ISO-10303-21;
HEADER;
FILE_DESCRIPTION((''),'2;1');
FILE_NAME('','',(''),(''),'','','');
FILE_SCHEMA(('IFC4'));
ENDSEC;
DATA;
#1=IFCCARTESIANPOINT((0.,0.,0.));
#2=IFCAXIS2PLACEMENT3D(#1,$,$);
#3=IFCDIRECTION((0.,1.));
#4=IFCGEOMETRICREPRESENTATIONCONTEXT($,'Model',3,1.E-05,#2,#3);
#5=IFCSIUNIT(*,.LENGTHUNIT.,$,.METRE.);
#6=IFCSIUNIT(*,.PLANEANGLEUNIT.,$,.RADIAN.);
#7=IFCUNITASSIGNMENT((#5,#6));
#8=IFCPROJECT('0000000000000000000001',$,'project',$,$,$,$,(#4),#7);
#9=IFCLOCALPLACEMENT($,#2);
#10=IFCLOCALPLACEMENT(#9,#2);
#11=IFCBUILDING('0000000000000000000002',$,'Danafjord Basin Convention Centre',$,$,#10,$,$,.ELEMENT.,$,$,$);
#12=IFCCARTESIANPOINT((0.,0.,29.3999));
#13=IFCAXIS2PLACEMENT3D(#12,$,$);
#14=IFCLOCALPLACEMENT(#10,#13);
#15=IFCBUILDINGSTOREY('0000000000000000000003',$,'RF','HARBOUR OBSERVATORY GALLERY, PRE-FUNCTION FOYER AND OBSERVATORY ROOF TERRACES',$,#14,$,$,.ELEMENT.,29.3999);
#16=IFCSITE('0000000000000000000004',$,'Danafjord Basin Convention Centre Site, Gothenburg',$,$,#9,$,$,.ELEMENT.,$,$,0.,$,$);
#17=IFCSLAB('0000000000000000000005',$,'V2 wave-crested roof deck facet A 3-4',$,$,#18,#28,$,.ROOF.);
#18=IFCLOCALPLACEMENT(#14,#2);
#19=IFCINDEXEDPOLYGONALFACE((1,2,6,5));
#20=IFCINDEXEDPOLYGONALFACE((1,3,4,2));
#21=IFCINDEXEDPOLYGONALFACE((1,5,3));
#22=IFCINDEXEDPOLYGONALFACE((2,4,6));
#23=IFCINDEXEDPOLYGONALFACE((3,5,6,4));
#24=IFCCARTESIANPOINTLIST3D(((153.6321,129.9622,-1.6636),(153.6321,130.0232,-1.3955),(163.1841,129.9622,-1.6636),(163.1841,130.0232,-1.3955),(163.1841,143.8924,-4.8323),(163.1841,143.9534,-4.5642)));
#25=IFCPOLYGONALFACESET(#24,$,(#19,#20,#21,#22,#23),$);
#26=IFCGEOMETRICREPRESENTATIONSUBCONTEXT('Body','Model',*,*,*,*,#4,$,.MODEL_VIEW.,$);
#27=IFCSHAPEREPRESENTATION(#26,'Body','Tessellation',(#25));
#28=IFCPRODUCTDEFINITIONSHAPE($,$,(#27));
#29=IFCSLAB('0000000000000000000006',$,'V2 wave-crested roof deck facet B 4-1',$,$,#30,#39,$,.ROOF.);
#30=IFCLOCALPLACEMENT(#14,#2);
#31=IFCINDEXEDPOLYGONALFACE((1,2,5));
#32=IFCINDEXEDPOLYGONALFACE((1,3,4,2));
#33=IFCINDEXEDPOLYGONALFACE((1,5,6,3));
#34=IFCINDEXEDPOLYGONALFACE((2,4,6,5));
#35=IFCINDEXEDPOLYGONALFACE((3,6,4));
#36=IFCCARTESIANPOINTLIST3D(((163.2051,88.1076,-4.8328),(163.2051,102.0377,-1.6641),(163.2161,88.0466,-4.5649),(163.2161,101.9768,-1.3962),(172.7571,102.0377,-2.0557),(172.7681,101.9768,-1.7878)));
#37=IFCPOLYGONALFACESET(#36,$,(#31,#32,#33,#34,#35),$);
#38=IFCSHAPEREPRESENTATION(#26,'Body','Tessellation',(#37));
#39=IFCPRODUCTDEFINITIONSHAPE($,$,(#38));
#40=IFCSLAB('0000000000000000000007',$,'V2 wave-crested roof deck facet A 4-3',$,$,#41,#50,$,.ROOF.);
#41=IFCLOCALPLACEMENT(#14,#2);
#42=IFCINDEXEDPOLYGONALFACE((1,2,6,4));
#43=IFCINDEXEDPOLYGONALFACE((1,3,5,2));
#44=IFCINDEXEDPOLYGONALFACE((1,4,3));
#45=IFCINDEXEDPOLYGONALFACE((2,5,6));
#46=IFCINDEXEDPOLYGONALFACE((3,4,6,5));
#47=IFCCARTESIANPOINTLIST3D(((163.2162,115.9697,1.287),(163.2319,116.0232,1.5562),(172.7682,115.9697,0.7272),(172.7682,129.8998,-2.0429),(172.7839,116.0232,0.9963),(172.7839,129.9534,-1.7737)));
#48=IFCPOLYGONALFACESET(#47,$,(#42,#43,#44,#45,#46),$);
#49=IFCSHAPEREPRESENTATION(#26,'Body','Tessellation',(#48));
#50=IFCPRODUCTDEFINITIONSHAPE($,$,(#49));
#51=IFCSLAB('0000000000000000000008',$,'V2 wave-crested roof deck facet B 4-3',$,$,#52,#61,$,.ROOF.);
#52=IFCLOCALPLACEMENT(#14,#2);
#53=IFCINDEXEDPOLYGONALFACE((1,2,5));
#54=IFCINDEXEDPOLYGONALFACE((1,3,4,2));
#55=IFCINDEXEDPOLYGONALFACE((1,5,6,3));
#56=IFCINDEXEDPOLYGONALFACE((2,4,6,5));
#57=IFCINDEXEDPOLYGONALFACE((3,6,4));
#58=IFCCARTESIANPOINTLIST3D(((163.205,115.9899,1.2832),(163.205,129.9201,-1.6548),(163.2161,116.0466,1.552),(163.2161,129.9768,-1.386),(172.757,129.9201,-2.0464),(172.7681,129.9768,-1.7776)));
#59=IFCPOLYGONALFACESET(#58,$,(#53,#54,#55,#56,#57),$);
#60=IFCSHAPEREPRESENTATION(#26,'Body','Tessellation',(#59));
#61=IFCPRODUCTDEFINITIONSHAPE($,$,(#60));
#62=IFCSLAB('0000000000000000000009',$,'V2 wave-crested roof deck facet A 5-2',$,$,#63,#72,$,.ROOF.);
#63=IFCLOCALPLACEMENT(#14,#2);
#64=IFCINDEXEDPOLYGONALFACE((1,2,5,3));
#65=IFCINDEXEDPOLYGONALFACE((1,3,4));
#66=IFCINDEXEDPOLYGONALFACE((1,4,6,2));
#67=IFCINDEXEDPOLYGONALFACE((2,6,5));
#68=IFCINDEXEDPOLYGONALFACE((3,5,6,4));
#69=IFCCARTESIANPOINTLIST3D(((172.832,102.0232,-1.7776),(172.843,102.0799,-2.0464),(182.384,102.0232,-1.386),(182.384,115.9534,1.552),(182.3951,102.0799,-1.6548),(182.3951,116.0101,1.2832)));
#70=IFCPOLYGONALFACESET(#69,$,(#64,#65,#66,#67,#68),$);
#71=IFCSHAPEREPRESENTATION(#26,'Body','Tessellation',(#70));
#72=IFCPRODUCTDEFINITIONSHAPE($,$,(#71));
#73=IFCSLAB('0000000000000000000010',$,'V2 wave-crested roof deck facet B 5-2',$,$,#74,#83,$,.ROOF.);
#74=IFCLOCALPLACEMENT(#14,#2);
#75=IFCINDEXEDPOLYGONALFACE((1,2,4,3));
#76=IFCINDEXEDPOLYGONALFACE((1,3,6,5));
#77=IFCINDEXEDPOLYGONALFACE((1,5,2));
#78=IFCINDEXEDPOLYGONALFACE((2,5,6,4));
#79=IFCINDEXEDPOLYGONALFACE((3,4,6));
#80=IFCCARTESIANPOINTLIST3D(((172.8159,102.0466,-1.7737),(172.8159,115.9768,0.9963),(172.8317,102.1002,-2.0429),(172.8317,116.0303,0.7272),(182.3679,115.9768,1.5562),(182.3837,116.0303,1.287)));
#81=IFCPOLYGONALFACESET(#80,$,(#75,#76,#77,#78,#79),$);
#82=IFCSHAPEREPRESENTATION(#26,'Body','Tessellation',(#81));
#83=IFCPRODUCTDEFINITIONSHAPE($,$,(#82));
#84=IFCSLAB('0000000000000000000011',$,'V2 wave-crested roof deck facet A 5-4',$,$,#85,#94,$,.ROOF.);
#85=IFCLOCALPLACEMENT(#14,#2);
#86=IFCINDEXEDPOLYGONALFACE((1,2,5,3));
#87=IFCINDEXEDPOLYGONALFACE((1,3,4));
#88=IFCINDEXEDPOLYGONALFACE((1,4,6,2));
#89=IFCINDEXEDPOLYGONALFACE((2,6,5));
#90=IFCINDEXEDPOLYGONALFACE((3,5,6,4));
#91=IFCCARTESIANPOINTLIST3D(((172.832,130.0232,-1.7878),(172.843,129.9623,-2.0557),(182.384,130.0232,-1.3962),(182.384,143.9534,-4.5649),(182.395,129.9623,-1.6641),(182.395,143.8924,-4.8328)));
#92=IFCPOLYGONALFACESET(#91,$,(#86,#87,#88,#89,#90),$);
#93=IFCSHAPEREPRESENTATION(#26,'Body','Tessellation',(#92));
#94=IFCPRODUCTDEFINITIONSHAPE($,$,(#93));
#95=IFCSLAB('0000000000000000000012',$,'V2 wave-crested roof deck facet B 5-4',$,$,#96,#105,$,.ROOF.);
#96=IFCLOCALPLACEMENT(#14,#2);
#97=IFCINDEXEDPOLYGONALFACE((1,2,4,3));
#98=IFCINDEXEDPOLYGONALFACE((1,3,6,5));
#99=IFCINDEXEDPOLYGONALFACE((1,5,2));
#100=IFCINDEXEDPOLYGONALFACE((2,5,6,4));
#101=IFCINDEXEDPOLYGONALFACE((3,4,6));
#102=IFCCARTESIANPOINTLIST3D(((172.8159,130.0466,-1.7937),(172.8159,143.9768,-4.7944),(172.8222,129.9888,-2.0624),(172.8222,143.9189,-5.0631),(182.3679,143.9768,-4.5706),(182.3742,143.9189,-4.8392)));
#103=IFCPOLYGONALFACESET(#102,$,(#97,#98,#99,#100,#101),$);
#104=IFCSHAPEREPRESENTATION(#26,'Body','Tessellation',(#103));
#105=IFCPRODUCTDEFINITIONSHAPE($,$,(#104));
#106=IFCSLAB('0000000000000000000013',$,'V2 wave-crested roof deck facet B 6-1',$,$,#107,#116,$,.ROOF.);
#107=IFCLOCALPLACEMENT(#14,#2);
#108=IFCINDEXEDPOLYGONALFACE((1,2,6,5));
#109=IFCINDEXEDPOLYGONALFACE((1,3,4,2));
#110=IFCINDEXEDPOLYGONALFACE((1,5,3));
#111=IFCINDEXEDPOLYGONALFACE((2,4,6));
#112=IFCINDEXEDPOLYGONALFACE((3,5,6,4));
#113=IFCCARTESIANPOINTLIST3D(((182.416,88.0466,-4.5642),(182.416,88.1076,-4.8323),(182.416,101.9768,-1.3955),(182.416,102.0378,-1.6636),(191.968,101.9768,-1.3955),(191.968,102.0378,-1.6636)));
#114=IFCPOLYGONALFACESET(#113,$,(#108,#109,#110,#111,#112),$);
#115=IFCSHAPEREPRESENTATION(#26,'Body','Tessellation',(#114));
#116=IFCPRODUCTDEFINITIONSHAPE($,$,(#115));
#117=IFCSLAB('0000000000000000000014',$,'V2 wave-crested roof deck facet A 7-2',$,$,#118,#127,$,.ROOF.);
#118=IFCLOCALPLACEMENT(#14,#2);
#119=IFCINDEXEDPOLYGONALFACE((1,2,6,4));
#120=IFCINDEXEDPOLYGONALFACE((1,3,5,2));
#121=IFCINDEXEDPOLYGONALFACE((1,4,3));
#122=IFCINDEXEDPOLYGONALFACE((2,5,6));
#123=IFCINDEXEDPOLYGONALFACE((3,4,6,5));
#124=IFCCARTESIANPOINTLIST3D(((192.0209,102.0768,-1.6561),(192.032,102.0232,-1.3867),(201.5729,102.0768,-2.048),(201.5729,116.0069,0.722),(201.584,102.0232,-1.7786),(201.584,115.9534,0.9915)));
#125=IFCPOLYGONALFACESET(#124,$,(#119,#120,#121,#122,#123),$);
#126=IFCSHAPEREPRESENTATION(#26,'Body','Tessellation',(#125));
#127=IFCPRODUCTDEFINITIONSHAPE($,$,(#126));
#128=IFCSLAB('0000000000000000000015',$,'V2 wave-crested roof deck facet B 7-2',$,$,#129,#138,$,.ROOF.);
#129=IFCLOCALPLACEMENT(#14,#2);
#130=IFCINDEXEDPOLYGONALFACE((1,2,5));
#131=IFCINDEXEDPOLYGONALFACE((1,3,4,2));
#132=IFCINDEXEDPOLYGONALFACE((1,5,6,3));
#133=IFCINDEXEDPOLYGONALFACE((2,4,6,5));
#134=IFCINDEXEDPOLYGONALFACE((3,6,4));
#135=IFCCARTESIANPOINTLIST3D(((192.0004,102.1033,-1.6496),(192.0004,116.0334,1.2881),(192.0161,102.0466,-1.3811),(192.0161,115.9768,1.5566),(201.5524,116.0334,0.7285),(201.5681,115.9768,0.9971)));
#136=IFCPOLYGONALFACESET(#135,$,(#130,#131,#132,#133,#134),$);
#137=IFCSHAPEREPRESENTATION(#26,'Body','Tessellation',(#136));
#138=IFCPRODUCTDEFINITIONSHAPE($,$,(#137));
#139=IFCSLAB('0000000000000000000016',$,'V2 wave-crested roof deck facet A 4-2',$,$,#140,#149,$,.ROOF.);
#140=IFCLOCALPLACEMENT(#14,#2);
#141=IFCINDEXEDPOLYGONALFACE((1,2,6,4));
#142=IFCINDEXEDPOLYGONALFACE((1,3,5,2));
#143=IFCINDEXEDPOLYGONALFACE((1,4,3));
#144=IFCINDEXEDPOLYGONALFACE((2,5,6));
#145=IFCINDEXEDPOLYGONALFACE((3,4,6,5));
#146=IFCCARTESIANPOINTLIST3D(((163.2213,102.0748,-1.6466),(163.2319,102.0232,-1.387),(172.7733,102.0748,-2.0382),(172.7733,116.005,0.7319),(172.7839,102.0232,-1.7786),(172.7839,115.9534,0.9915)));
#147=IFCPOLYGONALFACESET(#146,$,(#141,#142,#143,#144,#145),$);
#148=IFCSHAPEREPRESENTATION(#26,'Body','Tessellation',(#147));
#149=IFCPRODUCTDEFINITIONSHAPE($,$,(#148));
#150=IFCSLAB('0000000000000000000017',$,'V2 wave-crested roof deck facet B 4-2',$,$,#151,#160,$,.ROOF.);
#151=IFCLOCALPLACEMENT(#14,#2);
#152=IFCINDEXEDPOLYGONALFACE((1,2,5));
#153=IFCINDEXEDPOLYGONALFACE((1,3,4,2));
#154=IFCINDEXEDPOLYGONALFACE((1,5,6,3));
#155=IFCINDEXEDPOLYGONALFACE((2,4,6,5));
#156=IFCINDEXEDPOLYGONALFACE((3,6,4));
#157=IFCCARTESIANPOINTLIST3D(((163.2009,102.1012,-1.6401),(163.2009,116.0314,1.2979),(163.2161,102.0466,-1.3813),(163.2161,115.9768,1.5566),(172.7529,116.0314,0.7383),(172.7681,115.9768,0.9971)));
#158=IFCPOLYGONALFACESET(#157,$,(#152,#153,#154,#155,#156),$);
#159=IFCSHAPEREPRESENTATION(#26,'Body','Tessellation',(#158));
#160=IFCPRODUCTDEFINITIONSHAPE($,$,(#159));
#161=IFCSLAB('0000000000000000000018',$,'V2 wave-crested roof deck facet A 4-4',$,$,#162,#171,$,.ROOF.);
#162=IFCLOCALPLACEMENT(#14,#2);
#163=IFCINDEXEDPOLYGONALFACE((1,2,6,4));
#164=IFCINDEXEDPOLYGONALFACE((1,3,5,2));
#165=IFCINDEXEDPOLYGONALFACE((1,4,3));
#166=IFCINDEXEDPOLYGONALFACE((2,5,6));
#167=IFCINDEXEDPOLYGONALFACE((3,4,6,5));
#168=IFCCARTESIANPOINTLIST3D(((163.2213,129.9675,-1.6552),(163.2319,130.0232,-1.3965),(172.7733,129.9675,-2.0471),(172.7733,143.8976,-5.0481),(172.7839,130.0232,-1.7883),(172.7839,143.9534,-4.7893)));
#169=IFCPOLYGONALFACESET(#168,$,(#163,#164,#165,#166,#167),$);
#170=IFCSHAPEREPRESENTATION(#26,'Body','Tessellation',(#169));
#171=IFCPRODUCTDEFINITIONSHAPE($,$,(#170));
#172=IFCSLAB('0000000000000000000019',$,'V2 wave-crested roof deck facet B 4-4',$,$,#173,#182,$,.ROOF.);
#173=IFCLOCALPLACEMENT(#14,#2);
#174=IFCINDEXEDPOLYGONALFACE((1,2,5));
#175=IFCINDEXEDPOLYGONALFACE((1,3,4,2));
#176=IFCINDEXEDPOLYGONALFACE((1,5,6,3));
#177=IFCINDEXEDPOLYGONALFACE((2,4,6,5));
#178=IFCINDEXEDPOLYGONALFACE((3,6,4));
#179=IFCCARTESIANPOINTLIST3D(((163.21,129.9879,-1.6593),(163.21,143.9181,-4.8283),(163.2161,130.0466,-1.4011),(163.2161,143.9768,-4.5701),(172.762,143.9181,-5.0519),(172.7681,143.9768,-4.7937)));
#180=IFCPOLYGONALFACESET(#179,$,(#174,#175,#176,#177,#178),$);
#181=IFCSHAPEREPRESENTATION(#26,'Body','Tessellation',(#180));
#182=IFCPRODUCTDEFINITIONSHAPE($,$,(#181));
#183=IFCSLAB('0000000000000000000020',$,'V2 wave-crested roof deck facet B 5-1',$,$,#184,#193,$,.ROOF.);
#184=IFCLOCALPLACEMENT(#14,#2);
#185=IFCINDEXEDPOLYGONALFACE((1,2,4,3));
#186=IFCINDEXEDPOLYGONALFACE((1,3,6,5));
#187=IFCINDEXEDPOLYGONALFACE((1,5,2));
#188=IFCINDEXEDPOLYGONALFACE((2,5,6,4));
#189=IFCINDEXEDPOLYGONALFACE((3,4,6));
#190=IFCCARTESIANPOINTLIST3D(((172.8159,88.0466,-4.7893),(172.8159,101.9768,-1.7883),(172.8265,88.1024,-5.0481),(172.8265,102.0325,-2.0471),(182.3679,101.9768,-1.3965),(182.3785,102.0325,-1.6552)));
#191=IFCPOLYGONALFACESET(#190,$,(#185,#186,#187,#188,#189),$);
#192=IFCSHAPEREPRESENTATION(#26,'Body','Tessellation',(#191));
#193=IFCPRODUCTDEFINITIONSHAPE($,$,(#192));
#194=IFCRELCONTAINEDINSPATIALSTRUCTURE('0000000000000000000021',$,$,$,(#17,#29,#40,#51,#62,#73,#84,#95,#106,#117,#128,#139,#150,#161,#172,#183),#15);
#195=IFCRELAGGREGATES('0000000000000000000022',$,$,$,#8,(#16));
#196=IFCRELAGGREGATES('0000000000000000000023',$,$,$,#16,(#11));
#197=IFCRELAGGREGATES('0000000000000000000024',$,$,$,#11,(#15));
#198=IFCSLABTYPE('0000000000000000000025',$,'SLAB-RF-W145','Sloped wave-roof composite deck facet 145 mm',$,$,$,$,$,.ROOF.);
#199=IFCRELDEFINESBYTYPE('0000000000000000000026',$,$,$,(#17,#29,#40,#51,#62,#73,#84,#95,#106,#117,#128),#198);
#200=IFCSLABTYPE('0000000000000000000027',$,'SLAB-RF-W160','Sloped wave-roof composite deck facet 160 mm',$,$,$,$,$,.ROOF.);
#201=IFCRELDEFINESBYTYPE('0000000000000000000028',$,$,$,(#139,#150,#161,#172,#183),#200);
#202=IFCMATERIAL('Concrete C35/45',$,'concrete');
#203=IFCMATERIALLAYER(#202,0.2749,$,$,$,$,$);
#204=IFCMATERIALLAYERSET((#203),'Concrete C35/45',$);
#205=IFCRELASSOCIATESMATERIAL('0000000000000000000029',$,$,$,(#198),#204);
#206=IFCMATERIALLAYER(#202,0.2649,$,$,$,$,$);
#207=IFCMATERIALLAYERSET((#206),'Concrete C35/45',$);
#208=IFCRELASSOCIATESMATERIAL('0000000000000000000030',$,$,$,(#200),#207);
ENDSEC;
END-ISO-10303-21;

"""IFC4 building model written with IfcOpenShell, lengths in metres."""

from ifc_helpers import new_model, si_unit, direction, frame, origin, place, context, subcontext, project, spatial, polyline, outline, extrude, material, layer, layer_set, type_object, element, save


model = new_model("IFC4")

# Units and contexts
model_context = context("Model", 3, precision=1e-05, world=origin(), true_north=direction((0.0, 1.0)))
body_context = subcontext(model_context, "Body", "Model", "MODEL_VIEW")
ifc_project = project(units=[si_unit("LENGTHUNIT", "METRE"), si_unit("PLANEANGLEUNIT", "RADIAN")], contexts=[model_context])

# Site, building, storey
site_placement = place(None, origin())
site = spatial("IfcSite", under=ifc_project, at=site_placement, Name="Danafjord Basin Convention Centre Site, Gothenburg", CompositionType="ELEMENT", RefElevation=0.0)
building_placement = place(site_placement, origin())
building = spatial("IfcBuilding", under=site, at=building_placement, Name="Danafjord Basin Convention Centre", CompositionType="ELEMENT")
storey_placement = place(building_placement, frame((0.0, 0.0, 29.3999)))
storey = spatial("IfcBuildingStorey", under=building, at=storey_placement, Name="RF", Description="HARBOUR OBSERVATORY GALLERY, PRE-FUNCTION FOYER AND OBSERVATORY ROOF TERRACES", CompositionType="ELEMENT", Elevation=29.3999)

# Slabs
ifc_material_1 = material(Name="Concrete C35/45", Category="concrete")
ifc_layer_1 = layer(ifc_material_1, 0.2749)
ifc_layer_set_1 = layer_set([ifc_layer_1], Name="Concrete C35/45")
slab_type_1 = type_object("IfcSlabType", Name="SLAB-RF-W145", Description="Sloped wave-roof composite deck facet 145 mm", PredefinedType="ROOF", material=ifc_layer_set_1)
slab_1_placement = place(storey_placement, frame((153.6321, 130.0232, -1.3955), z_axis=(0.0, 0.221804, 0.975091), x_axis=(1.0, 0.0, 0.0)))
element("IfcSlab", 1, at=slab_1_placement, inside=storey, type_object=slab_type_1, Name="V2 wave-crested roof deck facet A 3-4", PredefinedType="ROOF", context=body_context, shape_type="SweptSolid", body=[
    extrude(outline(polyline([(0.0, 0.0), (9.552, 0.0), (9.552, 14.286), (0.0, 0.0)])), origin(), (0.0, 0.0, -1.0), 0.2749),
])
slab_2_placement = place(storey_placement, frame((163.2161, 88.0466, -4.5649), z_axis=(0.039944, -0.221627, 0.974313), x_axis=(0.558031, 0.813806, 0.162239)))
element("IfcSlab", 2, at=slab_2_placement, inside=storey, type_object=slab_type_1, Name="V2 wave-crested roof deck facet B 4-1", PredefinedType="ROOF", context=body_context, shape_type="SweptSolid", body=[
    extrude(outline(polyline([(0.0, 0.0), (17.1173, 0.0), (11.8505, 7.9784), (0.0, 0.0)])), origin(), (0.0, 0.0, -1.0), 0.2749),
])
slab_3_placement = place(storey_placement, frame((163.2319, 116.0232, 1.5562), z_axis=(0.057387, 0.19471, 0.979181), x_axis=(0.998287, 0.0, -0.058507)))
element("IfcSlab", 3, at=slab_3_placement, inside=storey, type_object=slab_type_1, Name="V2 wave-crested roof deck facet A 4-3", PredefinedType="ROOF", context=body_context, shape_type="SweptSolid", body=[
    extrude(outline(polyline([(0.0, 0.0), (9.5684, 0.0), (9.7305, 14.202), (0.0, 0.0)])), origin(), (0.0, 0.0, -1.0), 0.2749),
])
slab_4_placement = place(storey_placement, frame((163.2161, 116.0466, 1.552), z_axis=(0.040082, 0.206202, 0.977688), x_axis=(0.554846, 0.80916, -0.193405)))
element("IfcSlab", 4, at=slab_4_placement, inside=storey, type_object=slab_type_1, Name="V2 wave-crested roof deck facet B 4-3", PredefinedType="ROOF", context=body_context, shape_type="SweptSolid", body=[
    extrude(outline(polyline([(0.0, 0.0), (17.2156, 0.0), (11.84, 7.9055), (0.0, 0.0)])), origin(), (0.0, 0.0, -1.0), 0.2749),
])
slab_5_placement = place(storey_placement, frame((172.832, 102.0232, -1.7776), z_axis=(-0.040082, -0.206202, 0.977688), x_axis=(0.999161, 0.0, 0.040962)))
element("IfcSlab", 5, at=slab_5_placement, inside=storey, type_object=slab_type_1, Name="V2 wave-crested roof deck facet A 5-2", PredefinedType="ROOF", context=body_context, shape_type="SweptSolid", body=[
    extrude(outline(polyline([(0.0, 0.0), (9.56, 0.0), (9.6804, 14.2361), (0.0, 0.0)])), origin(), (0.0, 0.0, -1.0), 0.2749),
])
slab_6_placement = place(storey_placement, frame((172.8159, 102.0466, -1.7737), z_axis=(-0.057387, -0.19471, 0.979181), x_axis=(0.554844, 0.809158, 0.193419)))
element("IfcSlab", 6, at=slab_6_placement, inside=storey, type_object=slab_type_1, Name="V2 wave-crested roof deck facet B 5-2", PredefinedType="ROOF", context=body_context, shape_type="SweptSolid", body=[
    extrude(outline(polyline([(0.0, 0.0), (17.2156, 0.0), (11.8075, 7.8934), (0.0, 0.0)])), origin(), (0.0, 0.0, -1.0), 0.2749),
])
slab_7_placement = place(storey_placement, frame((172.832, 130.0232, -1.7878), z_axis=(-0.039944, 0.221627, 0.974313), x_axis=(0.999161, 0.0, 0.040962)))
element("IfcSlab", 7, at=slab_7_placement, inside=storey, type_object=slab_type_1, Name="V2 wave-crested roof deck facet A 5-4", PredefinedType="ROOF", context=body_context, shape_type="SweptSolid", body=[
    extrude(outline(polyline([(0.0, 0.0), (9.56, 0.0), (9.4302, 14.2854), (0.0, 0.0)])), origin(), (0.0, 0.0, -1.0), 0.2749),
])
slab_8_placement = place(storey_placement, frame((172.8159, 130.0466, -1.7937), z_axis=(-0.022906, 0.210527, 0.97732), x_axis=(0.558033, 0.813808, -0.162225)))
element("IfcSlab", 8, at=slab_8_placement, inside=storey, type_object=slab_type_1, Name="V2 wave-crested roof deck facet B 5-4", PredefinedType="ROOF", context=body_context, shape_type="SweptSolid", body=[
    extrude(outline(polyline([(0.0, 0.0), (17.1173, 0.0), (11.8233, 7.9539), (0.0, 0.0)])), origin(), (0.0, 0.0, -1.0), 0.2749),
])
slab_9_placement = place(storey_placement, frame((182.416, 88.0466, -4.5642), z_axis=(0.0, -0.221804, 0.975091), x_axis=(0.555827, 0.810591, 0.184385)))
element("IfcSlab", 9, at=slab_9_placement, inside=storey, type_object=slab_type_1, Name="V2 wave-crested roof deck facet B 6-1", PredefinedType="ROOF", context=body_context, shape_type="SweptSolid", body=[
    extrude(outline(polyline([(0.0, 0.0), (17.1852, 0.0), (11.8759, 7.9406), (0.0, 0.0)])), origin(), (0.0, 0.0, -1.0), 0.2749),
])
slab_10_placement = place(storey_placement, frame((192.032, 102.0232, -1.3867), z_axis=(0.040202, -0.194874, 0.980004), x_axis=(0.99916, 0.0, -0.040988)))
element("IfcSlab", 10, at=slab_10_placement, inside=storey, type_object=slab_type_1, Name="V2 wave-crested roof deck facet A 7-2", PredefinedType="ROOF", context=body_context, shape_type="SweptSolid", body=[
    extrude(outline(polyline([(0.0, 0.0), (9.56, 0.0), (9.4465, 14.2025), (0.0, 0.0)])), origin(), (0.0, 0.0, -1.0), 0.2749),
])
slab_11_placement = place(storey_placement, frame((192.0161, 102.0466, -1.3811), z_axis=(0.057227, -0.206014, 0.976874), x_axis=(0.56, 0.816677, 0.139424)))
element("IfcSlab", 11, at=slab_11_placement, inside=storey, type_object=slab_type_1, Name="V2 wave-crested roof deck facet B 7-2", PredefinedType="ROOF", context=body_context, shape_type="SweptSolid", body=[
    extrude(outline(polyline([(0.0, 0.0), (17.0571, 0.0), (11.786, 7.9856), (0.0, 0.0)])), origin(), (0.0, 0.0, -1.0), 0.2749),
])
ifc_layer_2 = layer(ifc_material_1, 0.2649)
ifc_layer_set_2 = layer_set([ifc_layer_2], Name="Concrete C35/45")
slab_type_2 = type_object("IfcSlabType", Name="SLAB-RF-W160", Description="Sloped wave-roof composite deck facet 160 mm", PredefinedType="ROOF", material=ifc_layer_set_2)
slab_12_placement = place(storey_placement, frame((163.2319, 102.0232, -1.387), z_axis=(0.040177, -0.194874, 0.980005), x_axis=(0.999161, 0.0, -0.040962)))
element("IfcSlab", 12, at=slab_12_placement, inside=storey, type_object=slab_type_2, Name="V2 wave-crested roof deck facet A 4-2", PredefinedType="ROOF", context=body_context, shape_type="SweptSolid", body=[
    extrude(outline(polyline([(0.0, 0.0), (9.56, 0.0), (9.4466, 14.2025), (0.0, 0.0)])), origin(), (0.0, 0.0, -1.0), 0.2649),
])
slab_13_placement = place(storey_placement, frame((163.2161, 102.0466, -1.3813), z_axis=(0.057227, -0.20603, 0.976871), x_axis=(0.559999, 0.816675, 0.139438)))
element("IfcSlab", 13, at=slab_13_placement, inside=storey, type_object=slab_type_2, Name="V2 wave-crested roof deck facet B 4-2", PredefinedType="ROOF", context=body_context, shape_type="SweptSolid", body=[
    extrude(outline(polyline([(0.0, 0.0), (17.0572, 0.0), (11.7861, 7.9856), (0.0, 0.0)])), origin(), (0.0, 0.0, -1.0), 0.2649),
])
slab_14_placement = place(storey_placement, frame((163.2319, 130.0232, -1.3965), z_axis=(0.04007, 0.210429, 0.976788), x_axis=(0.99916, 0.0, -0.040988)))
element("IfcSlab", 14, at=slab_14_placement, inside=storey, type_object=slab_type_2, Name="V2 wave-crested roof deck facet A 4-4", PredefinedType="ROOF", context=body_context, shape_type="SweptSolid", body=[
    extrude(outline(polyline([(0.0, 0.0), (9.56, 0.0), (9.683, 14.2492), (0.0, 0.0)])), origin(), (0.0, 0.0, -1.0), 0.2649),
])
slab_15_placement = place(storey_placement, frame((163.2161, 130.0466, -1.4011), z_axis=(0.022823, 0.221763, 0.974834), x_axis=(0.55445, 0.808583, -0.196924)))
element("IfcSlab", 15, at=slab_15_placement, inside=storey, type_object=slab_type_2, Name="V2 wave-crested roof deck facet B 4-4", PredefinedType="ROOF", context=body_context, shape_type="SweptSolid", body=[
    extrude(outline(polyline([(0.0, 0.0), (17.2279, 0.0), (11.8877, 7.923), (0.0, 0.0)])), origin(), (0.0, 0.0, -1.0), 0.2649),
])
slab_16_placement = place(storey_placement, frame((172.8159, 88.0466, -4.7893), z_axis=(-0.04007, -0.210429, 0.976788), x_axis=(0.554448, 0.808581, 0.196937)))
element("IfcSlab", 16, at=slab_16_placement, inside=storey, type_object=slab_type_2, Name="V2 wave-crested roof deck facet B 5-1", PredefinedType="ROOF", context=body_context, shape_type="SweptSolid", body=[
    extrude(outline(polyline([(0.0, 0.0), (17.2279, 0.0), (11.8547, 7.9071), (0.0, 0.0)])), origin(), (0.0, 0.0, -1.0), 0.2649),
])

save(model, "model.ifc")
